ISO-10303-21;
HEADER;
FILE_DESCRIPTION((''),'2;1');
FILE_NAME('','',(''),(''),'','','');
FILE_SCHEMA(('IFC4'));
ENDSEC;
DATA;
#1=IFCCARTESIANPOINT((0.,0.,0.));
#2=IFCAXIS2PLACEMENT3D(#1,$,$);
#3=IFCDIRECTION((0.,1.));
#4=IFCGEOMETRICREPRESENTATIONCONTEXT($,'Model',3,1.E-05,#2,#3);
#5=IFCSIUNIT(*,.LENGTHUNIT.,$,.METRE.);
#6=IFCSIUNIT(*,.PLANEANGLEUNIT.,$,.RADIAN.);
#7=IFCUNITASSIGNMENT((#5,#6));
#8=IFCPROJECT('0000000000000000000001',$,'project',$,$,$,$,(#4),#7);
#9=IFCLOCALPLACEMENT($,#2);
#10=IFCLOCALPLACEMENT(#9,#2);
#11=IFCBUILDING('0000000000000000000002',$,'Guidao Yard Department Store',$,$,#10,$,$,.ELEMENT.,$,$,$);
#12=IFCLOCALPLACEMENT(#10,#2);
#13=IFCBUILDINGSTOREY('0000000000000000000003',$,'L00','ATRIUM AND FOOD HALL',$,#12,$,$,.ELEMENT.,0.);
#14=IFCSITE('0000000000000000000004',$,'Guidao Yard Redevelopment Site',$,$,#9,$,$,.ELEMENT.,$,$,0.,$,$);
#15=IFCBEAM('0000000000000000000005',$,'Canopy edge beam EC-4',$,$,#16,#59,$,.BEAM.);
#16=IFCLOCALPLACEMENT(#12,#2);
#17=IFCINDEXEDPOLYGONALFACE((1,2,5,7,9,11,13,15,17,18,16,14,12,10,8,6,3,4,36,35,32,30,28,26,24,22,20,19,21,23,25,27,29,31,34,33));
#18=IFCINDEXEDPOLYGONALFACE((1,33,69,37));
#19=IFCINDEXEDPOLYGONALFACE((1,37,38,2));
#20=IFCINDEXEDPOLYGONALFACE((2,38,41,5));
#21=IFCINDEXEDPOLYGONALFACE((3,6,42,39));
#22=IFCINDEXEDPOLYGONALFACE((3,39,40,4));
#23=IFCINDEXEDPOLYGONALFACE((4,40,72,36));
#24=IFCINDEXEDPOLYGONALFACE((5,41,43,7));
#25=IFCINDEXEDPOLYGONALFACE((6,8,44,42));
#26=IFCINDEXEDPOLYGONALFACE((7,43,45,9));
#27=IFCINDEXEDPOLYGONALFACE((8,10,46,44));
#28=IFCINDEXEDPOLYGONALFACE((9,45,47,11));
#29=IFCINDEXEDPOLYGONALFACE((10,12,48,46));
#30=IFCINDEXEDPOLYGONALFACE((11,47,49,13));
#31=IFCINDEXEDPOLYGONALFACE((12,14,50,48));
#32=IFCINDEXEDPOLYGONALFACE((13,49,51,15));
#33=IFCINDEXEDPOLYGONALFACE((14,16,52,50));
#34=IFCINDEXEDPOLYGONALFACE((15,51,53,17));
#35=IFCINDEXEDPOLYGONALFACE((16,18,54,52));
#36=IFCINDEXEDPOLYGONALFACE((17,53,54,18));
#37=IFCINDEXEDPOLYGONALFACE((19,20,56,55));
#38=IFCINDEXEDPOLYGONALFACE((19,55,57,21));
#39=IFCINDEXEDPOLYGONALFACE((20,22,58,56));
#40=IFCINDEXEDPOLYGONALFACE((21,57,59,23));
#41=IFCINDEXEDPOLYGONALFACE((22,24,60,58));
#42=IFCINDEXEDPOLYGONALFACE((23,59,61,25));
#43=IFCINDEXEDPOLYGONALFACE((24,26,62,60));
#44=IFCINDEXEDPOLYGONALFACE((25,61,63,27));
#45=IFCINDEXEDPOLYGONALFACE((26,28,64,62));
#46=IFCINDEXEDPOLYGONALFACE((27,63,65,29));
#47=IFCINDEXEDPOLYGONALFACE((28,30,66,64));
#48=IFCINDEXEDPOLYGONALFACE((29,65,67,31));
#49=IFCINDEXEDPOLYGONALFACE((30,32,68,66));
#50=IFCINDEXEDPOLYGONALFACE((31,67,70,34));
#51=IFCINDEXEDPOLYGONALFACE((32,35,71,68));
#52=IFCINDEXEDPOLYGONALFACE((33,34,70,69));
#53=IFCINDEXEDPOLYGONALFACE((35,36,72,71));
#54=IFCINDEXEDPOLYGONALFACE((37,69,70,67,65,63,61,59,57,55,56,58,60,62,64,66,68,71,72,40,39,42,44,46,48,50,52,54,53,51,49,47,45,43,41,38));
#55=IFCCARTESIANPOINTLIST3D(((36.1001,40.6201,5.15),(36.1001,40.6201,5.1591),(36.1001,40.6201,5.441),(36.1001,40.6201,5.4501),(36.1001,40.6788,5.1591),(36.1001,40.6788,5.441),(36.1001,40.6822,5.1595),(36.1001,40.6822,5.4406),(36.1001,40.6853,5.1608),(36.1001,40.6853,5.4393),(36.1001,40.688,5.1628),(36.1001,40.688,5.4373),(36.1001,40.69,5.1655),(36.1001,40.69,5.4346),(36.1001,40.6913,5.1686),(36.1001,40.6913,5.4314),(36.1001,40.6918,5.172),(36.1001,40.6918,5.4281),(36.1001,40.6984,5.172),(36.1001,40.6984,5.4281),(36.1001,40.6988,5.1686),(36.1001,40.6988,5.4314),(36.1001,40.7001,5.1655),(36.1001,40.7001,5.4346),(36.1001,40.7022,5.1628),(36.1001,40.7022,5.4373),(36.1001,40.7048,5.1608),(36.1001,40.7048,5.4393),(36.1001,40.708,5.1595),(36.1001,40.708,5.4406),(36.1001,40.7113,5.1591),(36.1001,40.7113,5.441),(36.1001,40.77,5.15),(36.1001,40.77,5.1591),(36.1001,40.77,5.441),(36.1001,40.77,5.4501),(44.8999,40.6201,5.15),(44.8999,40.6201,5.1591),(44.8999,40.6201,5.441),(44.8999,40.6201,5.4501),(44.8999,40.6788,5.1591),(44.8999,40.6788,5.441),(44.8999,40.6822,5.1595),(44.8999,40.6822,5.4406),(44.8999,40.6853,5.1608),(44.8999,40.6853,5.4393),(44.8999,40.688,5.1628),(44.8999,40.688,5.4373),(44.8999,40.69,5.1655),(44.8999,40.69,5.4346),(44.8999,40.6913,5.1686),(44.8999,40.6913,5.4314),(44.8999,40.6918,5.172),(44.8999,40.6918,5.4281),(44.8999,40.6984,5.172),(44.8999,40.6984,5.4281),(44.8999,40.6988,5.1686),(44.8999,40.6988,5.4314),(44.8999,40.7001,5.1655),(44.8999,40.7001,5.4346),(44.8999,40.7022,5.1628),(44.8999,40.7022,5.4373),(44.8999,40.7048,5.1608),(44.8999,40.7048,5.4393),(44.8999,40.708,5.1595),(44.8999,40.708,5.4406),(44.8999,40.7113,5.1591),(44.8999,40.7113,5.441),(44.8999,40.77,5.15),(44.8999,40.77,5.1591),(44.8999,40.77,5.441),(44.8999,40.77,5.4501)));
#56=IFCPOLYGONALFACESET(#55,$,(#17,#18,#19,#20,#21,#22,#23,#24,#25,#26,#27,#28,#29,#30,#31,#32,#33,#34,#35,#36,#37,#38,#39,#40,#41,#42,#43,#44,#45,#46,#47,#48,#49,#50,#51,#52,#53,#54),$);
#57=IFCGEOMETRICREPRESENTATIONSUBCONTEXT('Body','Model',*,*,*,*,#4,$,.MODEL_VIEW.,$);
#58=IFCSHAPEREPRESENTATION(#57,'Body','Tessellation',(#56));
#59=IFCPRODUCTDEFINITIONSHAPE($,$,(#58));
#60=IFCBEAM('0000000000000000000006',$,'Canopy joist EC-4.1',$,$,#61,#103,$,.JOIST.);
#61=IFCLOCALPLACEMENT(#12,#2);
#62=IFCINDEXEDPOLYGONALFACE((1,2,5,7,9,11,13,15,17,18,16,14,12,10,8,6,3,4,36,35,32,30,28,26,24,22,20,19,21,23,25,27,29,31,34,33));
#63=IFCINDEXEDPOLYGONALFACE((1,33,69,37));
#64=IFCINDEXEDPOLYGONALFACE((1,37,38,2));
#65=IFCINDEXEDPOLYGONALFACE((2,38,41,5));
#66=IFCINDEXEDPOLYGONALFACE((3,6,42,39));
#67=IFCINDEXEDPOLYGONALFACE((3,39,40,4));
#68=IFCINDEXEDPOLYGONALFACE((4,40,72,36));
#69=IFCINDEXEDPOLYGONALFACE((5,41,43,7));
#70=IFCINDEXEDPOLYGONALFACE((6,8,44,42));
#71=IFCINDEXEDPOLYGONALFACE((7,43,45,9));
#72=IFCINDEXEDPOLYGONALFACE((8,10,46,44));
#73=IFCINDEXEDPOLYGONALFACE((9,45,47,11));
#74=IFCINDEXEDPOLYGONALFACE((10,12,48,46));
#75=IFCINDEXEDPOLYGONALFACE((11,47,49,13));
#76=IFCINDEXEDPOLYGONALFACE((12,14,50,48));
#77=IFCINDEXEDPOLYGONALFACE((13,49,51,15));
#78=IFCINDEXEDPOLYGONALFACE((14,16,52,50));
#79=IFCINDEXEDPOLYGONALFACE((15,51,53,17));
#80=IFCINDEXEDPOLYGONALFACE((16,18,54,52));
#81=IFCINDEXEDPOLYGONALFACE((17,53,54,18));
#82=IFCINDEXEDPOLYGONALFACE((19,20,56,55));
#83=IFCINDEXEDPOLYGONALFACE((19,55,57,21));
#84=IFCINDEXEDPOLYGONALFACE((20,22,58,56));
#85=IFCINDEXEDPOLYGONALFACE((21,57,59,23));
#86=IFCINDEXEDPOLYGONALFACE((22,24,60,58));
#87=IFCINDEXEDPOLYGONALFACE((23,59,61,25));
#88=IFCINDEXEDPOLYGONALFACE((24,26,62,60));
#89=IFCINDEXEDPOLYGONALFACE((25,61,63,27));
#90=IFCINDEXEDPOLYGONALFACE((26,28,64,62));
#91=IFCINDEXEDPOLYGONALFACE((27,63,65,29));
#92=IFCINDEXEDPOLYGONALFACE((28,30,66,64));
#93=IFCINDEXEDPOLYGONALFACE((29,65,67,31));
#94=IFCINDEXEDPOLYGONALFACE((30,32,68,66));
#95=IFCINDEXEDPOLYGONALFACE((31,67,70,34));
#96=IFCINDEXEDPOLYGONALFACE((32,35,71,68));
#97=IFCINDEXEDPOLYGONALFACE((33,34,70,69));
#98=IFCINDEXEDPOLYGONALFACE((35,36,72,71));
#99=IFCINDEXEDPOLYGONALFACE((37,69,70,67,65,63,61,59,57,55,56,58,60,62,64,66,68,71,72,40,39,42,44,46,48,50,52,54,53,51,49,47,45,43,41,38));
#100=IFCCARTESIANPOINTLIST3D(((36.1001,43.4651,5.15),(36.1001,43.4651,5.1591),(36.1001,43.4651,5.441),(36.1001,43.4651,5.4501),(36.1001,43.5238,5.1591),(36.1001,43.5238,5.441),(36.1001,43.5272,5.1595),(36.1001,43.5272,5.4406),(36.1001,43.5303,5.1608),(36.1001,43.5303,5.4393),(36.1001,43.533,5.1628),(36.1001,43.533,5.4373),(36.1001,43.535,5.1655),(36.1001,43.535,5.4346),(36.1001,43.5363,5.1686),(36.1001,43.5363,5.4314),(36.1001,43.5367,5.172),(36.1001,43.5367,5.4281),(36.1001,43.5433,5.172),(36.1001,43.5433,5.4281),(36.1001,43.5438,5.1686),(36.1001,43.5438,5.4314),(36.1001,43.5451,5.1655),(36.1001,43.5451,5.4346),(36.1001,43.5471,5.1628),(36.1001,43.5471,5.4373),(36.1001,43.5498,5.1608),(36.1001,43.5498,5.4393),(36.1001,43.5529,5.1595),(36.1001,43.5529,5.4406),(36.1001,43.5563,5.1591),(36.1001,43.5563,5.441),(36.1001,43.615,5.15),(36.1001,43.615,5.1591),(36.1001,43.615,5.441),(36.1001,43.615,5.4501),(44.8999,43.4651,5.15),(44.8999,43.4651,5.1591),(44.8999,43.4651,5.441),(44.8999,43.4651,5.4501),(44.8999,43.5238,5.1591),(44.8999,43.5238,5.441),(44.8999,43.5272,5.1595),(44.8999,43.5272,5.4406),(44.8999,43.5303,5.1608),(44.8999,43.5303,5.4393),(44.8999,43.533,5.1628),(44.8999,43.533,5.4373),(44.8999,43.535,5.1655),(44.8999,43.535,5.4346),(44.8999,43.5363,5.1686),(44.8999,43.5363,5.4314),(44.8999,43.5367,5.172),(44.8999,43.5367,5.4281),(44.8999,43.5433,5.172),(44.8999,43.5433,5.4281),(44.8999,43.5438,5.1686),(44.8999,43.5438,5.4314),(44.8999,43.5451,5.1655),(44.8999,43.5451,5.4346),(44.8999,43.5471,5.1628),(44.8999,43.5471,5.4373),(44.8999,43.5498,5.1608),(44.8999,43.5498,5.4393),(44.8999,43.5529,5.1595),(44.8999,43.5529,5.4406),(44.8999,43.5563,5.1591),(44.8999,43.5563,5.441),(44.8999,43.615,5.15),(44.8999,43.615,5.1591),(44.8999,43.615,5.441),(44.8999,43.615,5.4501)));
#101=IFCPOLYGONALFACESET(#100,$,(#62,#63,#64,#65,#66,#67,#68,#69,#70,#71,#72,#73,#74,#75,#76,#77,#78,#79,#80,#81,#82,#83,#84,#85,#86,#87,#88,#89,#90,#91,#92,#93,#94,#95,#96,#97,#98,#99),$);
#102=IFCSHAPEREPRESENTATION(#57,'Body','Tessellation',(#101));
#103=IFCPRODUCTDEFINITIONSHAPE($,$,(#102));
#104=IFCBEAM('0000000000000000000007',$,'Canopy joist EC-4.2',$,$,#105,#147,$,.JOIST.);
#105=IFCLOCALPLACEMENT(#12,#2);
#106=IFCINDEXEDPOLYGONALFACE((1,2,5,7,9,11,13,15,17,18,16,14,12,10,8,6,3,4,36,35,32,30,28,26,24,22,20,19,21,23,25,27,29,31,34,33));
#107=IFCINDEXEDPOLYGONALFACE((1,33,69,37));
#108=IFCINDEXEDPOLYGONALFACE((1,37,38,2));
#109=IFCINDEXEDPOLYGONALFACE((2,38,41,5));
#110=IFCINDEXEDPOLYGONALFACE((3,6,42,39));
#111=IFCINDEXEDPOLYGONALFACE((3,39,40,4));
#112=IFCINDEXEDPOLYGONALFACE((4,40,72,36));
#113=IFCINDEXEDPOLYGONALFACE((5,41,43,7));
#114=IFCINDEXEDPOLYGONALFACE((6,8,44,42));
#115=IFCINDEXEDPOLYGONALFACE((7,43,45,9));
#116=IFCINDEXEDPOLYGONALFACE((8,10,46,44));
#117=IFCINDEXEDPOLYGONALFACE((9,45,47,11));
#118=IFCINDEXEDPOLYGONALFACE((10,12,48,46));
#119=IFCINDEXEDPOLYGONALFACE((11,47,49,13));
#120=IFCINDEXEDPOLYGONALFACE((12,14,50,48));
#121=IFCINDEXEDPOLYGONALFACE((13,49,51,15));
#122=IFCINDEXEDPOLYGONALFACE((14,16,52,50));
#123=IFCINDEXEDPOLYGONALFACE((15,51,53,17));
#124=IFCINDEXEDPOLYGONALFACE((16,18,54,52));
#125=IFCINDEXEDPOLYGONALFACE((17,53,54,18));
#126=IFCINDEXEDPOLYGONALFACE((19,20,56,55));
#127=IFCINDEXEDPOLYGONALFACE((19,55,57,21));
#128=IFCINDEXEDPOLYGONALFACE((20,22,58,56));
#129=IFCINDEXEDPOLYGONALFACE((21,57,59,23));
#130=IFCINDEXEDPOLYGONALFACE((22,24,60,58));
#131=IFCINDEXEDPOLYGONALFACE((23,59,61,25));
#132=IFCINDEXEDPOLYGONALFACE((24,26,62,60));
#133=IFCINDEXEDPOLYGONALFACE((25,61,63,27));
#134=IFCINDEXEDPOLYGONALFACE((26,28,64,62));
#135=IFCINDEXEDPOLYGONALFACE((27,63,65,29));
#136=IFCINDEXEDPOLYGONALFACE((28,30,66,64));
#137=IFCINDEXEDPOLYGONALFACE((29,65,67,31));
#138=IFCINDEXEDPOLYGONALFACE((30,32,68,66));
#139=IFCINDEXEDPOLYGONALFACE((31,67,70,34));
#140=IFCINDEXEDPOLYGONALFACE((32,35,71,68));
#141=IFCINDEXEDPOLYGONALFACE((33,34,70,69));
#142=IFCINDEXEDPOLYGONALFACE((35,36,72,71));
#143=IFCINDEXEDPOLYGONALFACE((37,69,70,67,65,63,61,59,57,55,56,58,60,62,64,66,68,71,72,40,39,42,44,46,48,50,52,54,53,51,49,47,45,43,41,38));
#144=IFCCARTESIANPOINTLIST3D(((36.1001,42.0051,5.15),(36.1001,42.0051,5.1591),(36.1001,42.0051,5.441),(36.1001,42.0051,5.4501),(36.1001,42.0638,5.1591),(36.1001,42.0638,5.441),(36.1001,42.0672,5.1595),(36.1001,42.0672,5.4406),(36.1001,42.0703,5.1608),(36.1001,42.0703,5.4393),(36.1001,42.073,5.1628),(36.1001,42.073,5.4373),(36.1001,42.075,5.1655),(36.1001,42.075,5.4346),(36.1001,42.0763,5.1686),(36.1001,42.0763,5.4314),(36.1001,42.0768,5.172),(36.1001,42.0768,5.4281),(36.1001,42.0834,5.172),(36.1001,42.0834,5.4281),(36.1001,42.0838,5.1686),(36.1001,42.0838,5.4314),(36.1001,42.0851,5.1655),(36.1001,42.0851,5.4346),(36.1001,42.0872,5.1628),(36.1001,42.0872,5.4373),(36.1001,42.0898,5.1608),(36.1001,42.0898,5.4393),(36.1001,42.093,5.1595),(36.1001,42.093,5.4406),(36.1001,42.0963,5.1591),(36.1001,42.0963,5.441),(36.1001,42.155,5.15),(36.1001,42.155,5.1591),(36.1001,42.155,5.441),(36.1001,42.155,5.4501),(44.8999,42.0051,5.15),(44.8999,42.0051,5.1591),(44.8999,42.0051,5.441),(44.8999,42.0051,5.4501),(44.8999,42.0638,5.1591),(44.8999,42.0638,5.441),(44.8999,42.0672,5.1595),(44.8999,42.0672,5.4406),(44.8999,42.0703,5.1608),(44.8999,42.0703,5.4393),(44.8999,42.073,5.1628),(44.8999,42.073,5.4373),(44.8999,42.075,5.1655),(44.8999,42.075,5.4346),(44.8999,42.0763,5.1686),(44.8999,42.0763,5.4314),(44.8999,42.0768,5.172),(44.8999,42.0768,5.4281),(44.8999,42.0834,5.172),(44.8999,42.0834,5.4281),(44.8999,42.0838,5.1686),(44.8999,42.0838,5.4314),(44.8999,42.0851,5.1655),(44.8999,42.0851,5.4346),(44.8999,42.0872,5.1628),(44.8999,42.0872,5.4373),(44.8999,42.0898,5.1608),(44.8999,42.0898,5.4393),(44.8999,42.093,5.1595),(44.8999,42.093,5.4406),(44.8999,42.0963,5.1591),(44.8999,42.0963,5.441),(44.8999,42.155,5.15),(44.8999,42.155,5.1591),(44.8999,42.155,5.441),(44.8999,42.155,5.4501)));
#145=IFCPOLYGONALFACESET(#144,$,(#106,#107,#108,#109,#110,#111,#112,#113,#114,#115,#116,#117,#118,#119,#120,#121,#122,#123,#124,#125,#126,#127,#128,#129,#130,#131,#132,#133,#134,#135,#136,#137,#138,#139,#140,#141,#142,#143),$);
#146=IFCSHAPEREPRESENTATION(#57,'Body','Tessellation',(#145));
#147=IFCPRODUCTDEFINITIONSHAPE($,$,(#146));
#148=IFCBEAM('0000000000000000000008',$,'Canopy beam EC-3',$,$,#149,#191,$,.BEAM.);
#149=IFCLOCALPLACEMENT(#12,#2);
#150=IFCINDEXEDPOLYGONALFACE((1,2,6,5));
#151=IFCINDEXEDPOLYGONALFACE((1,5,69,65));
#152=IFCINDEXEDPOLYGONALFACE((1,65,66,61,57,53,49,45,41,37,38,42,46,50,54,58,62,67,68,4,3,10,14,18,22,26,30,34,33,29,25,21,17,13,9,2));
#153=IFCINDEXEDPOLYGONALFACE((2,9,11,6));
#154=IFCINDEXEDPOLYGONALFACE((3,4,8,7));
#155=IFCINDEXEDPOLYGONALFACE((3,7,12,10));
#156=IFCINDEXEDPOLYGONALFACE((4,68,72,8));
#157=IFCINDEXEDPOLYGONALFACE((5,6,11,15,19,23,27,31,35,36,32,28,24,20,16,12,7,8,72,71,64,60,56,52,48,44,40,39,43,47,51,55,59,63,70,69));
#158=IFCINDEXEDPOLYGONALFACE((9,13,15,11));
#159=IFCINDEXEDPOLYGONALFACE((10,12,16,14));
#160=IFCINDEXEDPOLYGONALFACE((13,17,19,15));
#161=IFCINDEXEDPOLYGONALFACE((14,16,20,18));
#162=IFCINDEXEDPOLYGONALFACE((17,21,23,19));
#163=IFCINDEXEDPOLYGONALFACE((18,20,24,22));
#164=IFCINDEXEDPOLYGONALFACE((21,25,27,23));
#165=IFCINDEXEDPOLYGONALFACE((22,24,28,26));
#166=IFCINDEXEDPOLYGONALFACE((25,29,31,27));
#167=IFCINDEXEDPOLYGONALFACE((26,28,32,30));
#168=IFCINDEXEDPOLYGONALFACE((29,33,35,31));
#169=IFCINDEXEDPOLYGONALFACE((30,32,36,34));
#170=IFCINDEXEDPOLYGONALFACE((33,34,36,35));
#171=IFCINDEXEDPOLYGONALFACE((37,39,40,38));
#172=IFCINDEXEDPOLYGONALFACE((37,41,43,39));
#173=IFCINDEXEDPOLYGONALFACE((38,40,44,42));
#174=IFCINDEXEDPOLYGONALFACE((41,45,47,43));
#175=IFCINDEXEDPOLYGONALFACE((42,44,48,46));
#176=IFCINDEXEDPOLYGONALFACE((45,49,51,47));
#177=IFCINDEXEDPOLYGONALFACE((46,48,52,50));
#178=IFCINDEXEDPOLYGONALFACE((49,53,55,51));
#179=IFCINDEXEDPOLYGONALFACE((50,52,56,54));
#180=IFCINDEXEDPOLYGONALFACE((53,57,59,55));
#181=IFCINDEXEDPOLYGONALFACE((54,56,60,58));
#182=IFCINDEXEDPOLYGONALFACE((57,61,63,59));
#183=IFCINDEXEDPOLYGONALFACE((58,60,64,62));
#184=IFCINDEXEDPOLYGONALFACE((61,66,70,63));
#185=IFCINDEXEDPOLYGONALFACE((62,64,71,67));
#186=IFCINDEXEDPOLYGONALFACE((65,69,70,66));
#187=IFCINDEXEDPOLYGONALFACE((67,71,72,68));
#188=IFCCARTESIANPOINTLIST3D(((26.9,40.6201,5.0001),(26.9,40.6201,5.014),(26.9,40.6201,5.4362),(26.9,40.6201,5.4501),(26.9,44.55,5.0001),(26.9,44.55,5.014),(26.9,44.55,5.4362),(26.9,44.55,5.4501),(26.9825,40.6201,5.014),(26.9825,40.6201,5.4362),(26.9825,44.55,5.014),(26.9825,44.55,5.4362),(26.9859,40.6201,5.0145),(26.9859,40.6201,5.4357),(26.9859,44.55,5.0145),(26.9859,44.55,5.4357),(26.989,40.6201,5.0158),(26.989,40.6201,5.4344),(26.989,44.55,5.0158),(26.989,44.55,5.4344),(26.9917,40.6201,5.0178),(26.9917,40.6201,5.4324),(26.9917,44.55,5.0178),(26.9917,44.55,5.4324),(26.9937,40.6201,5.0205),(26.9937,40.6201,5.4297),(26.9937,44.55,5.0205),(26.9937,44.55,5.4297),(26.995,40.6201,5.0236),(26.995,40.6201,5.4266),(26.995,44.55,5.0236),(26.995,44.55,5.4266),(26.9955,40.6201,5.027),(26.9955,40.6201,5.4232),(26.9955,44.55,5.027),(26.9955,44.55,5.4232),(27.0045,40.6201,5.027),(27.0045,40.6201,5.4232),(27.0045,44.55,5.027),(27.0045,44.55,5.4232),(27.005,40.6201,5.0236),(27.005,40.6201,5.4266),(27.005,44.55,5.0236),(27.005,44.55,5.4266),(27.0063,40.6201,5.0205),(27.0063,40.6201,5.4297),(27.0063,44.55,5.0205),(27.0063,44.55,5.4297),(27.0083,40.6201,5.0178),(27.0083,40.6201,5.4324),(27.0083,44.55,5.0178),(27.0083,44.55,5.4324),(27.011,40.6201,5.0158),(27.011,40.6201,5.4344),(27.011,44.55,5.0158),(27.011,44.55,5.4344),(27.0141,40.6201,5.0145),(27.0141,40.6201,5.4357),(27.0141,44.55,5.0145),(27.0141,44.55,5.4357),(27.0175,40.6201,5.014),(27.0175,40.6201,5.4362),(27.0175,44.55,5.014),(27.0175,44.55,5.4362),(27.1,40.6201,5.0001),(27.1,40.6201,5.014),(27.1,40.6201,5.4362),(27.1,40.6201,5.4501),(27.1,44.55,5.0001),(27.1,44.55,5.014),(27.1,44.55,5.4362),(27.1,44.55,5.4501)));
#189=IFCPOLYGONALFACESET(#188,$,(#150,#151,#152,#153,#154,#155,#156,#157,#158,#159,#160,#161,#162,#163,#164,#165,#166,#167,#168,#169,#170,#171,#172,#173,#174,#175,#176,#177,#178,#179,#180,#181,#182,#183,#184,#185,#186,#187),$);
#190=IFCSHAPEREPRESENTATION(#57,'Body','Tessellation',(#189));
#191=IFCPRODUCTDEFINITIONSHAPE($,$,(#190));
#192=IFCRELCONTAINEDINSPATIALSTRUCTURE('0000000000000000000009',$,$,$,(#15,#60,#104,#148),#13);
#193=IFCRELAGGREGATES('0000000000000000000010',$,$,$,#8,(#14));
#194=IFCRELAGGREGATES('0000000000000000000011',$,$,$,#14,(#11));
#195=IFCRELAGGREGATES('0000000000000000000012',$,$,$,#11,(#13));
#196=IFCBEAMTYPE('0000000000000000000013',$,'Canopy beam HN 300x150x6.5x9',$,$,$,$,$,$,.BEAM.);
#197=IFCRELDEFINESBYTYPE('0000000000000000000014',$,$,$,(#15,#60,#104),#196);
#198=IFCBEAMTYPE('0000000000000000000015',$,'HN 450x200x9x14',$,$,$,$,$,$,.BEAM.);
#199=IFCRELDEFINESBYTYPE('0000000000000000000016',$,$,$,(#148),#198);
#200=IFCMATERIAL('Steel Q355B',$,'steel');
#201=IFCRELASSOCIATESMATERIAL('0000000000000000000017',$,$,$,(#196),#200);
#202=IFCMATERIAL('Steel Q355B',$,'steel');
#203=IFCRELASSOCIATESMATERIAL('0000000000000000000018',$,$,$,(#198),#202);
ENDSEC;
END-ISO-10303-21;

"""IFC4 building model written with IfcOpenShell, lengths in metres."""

from ifc_helpers import new_model, si_unit, direction, frame, origin, origin_2d, place, context, subcontext, project, spatial, i_section, extrude, material, material_profile, profile_set, type_object, element, save


model = new_model("IFC4")

# Units and contexts
model_context = context("Model", 3, precision=1e-05, world=origin(), true_north=direction((0.0, 1.0)))
body_context = subcontext(model_context, "Body", "Model", "MODEL_VIEW")
ifc_project = project(units=[si_unit("LENGTHUNIT", "METRE"), si_unit("PLANEANGLEUNIT", "RADIAN")], contexts=[model_context])

# Site, building, storey
site_placement = place(None, origin())
site = spatial("IfcSite", under=ifc_project, at=site_placement, Name="Guidao Yard Redevelopment Site", CompositionType="ELEMENT", RefElevation=0.0)
building_placement = place(site_placement, origin())
building = spatial("IfcBuilding", under=site, at=building_placement, Name="Guidao Yard Department Store", CompositionType="ELEMENT")
storey_placement = place(building_placement, origin())
storey = spatial("IfcBuildingStorey", under=building, at=storey_placement, Name="L00", Description="ATRIUM AND FOOD HALL", CompositionType="ELEMENT", Elevation=0.0)

# Beams
ifc_material_1 = material(Name="Steel Q355B", Category="steel")
ifc_material_profile_1 = material_profile(ifc_material_1, i_section(OverallWidth=0.1499, OverallDepth=0.3, WebThickness=0.0066, FlangeThickness=0.009, FilletRadius=0.0129, at=origin_2d()), Name="HN 300x150x6.5x9")
ifc_profile_set_1 = profile_set([ifc_material_profile_1], Name="Steel Q355B")
beam_type_1 = type_object("IfcBeamType", Name="Canopy beam HN 300x150x6.5x9", PredefinedType="BEAM", material=ifc_profile_set_1)
beam_1_placement = place(storey_placement, frame((36.1001, 40.6951, 5.3), z_axis=(1.0, 0.0, 0.0), x_axis=(0.0, 1.0, 0.0)))
element("IfcBeam", 1, at=beam_1_placement, inside=storey, type_object=beam_type_1, Name="Canopy edge beam EC-4", PredefinedType="BEAM", context=body_context, shape_type="SweptSolid", body=[
    extrude(i_section(OverallWidth=0.1499, OverallDepth=0.3, WebThickness=0.0066, FlangeThickness=0.009, FilletRadius=0.0129, at=origin_2d()), origin(), (0.0, 0.0, 1.0), 8.7998),
])
for number, where, z_axis, x_axis, name in (
    (2, (36.1001, 43.54, 5.3), (1.0, 0.0, 0.0), (0.0, 1.0, 0.0), "Canopy joist EC-4.1"),
    (3, (36.1001, 42.0801, 5.3), (1.0, 0.0, 0.0), (0.0, 1.0, 0.0), "Canopy joist EC-4.2"),
):
    element("IfcBeam", number, at=place(storey_placement, frame(where, z_axis=z_axis, x_axis=x_axis)), inside=storey, type_object=beam_type_1, Name=name, PredefinedType="JOIST", context=body_context, shape_type="SweptSolid", body=[
        extrude(i_section(OverallWidth=0.1499, OverallDepth=0.3, WebThickness=0.0066, FlangeThickness=0.009, FilletRadius=0.0129, at=origin_2d()), origin(), (0.0, 0.0, 1.0), 8.7998),
    ])
ifc_material_2 = material(Name="Steel Q355B", Category="steel")
ifc_material_profile_2 = material_profile(ifc_material_2, i_section(OverallWidth=0.2, OverallDepth=0.45, WebThickness=0.009, FlangeThickness=0.0139, FilletRadius=0.0129, at=origin_2d()), Name="HN 450x200x9x14")
ifc_profile_set_2 = profile_set([ifc_material_profile_2], Name="Steel Q355B")
beam_type_2 = type_object("IfcBeamType", Name="HN 450x200x9x14", PredefinedType="BEAM", material=ifc_profile_set_2)
for number, where, z_axis, x_axis, name in (
    (4, (27.0, 40.6201, 5.2251), (0.0, 1.0, 0.0), (-1.0, 0.0, 0.0), "Canopy beam EC-3"),
):
    element("IfcBeam", number, at=place(storey_placement, frame(where, z_axis=z_axis, x_axis=x_axis)), inside=storey, type_object=beam_type_2, Name=name, PredefinedType="BEAM", context=body_context, shape_type="SweptSolid", body=[
        extrude(i_section(OverallWidth=0.2, OverallDepth=0.45, WebThickness=0.009, FlangeThickness=0.0139, FilletRadius=0.0129, at=origin_2d()), origin(), (0.0, 0.0, 1.0), 3.9299),
    ])

save(model, "model.ifc")
